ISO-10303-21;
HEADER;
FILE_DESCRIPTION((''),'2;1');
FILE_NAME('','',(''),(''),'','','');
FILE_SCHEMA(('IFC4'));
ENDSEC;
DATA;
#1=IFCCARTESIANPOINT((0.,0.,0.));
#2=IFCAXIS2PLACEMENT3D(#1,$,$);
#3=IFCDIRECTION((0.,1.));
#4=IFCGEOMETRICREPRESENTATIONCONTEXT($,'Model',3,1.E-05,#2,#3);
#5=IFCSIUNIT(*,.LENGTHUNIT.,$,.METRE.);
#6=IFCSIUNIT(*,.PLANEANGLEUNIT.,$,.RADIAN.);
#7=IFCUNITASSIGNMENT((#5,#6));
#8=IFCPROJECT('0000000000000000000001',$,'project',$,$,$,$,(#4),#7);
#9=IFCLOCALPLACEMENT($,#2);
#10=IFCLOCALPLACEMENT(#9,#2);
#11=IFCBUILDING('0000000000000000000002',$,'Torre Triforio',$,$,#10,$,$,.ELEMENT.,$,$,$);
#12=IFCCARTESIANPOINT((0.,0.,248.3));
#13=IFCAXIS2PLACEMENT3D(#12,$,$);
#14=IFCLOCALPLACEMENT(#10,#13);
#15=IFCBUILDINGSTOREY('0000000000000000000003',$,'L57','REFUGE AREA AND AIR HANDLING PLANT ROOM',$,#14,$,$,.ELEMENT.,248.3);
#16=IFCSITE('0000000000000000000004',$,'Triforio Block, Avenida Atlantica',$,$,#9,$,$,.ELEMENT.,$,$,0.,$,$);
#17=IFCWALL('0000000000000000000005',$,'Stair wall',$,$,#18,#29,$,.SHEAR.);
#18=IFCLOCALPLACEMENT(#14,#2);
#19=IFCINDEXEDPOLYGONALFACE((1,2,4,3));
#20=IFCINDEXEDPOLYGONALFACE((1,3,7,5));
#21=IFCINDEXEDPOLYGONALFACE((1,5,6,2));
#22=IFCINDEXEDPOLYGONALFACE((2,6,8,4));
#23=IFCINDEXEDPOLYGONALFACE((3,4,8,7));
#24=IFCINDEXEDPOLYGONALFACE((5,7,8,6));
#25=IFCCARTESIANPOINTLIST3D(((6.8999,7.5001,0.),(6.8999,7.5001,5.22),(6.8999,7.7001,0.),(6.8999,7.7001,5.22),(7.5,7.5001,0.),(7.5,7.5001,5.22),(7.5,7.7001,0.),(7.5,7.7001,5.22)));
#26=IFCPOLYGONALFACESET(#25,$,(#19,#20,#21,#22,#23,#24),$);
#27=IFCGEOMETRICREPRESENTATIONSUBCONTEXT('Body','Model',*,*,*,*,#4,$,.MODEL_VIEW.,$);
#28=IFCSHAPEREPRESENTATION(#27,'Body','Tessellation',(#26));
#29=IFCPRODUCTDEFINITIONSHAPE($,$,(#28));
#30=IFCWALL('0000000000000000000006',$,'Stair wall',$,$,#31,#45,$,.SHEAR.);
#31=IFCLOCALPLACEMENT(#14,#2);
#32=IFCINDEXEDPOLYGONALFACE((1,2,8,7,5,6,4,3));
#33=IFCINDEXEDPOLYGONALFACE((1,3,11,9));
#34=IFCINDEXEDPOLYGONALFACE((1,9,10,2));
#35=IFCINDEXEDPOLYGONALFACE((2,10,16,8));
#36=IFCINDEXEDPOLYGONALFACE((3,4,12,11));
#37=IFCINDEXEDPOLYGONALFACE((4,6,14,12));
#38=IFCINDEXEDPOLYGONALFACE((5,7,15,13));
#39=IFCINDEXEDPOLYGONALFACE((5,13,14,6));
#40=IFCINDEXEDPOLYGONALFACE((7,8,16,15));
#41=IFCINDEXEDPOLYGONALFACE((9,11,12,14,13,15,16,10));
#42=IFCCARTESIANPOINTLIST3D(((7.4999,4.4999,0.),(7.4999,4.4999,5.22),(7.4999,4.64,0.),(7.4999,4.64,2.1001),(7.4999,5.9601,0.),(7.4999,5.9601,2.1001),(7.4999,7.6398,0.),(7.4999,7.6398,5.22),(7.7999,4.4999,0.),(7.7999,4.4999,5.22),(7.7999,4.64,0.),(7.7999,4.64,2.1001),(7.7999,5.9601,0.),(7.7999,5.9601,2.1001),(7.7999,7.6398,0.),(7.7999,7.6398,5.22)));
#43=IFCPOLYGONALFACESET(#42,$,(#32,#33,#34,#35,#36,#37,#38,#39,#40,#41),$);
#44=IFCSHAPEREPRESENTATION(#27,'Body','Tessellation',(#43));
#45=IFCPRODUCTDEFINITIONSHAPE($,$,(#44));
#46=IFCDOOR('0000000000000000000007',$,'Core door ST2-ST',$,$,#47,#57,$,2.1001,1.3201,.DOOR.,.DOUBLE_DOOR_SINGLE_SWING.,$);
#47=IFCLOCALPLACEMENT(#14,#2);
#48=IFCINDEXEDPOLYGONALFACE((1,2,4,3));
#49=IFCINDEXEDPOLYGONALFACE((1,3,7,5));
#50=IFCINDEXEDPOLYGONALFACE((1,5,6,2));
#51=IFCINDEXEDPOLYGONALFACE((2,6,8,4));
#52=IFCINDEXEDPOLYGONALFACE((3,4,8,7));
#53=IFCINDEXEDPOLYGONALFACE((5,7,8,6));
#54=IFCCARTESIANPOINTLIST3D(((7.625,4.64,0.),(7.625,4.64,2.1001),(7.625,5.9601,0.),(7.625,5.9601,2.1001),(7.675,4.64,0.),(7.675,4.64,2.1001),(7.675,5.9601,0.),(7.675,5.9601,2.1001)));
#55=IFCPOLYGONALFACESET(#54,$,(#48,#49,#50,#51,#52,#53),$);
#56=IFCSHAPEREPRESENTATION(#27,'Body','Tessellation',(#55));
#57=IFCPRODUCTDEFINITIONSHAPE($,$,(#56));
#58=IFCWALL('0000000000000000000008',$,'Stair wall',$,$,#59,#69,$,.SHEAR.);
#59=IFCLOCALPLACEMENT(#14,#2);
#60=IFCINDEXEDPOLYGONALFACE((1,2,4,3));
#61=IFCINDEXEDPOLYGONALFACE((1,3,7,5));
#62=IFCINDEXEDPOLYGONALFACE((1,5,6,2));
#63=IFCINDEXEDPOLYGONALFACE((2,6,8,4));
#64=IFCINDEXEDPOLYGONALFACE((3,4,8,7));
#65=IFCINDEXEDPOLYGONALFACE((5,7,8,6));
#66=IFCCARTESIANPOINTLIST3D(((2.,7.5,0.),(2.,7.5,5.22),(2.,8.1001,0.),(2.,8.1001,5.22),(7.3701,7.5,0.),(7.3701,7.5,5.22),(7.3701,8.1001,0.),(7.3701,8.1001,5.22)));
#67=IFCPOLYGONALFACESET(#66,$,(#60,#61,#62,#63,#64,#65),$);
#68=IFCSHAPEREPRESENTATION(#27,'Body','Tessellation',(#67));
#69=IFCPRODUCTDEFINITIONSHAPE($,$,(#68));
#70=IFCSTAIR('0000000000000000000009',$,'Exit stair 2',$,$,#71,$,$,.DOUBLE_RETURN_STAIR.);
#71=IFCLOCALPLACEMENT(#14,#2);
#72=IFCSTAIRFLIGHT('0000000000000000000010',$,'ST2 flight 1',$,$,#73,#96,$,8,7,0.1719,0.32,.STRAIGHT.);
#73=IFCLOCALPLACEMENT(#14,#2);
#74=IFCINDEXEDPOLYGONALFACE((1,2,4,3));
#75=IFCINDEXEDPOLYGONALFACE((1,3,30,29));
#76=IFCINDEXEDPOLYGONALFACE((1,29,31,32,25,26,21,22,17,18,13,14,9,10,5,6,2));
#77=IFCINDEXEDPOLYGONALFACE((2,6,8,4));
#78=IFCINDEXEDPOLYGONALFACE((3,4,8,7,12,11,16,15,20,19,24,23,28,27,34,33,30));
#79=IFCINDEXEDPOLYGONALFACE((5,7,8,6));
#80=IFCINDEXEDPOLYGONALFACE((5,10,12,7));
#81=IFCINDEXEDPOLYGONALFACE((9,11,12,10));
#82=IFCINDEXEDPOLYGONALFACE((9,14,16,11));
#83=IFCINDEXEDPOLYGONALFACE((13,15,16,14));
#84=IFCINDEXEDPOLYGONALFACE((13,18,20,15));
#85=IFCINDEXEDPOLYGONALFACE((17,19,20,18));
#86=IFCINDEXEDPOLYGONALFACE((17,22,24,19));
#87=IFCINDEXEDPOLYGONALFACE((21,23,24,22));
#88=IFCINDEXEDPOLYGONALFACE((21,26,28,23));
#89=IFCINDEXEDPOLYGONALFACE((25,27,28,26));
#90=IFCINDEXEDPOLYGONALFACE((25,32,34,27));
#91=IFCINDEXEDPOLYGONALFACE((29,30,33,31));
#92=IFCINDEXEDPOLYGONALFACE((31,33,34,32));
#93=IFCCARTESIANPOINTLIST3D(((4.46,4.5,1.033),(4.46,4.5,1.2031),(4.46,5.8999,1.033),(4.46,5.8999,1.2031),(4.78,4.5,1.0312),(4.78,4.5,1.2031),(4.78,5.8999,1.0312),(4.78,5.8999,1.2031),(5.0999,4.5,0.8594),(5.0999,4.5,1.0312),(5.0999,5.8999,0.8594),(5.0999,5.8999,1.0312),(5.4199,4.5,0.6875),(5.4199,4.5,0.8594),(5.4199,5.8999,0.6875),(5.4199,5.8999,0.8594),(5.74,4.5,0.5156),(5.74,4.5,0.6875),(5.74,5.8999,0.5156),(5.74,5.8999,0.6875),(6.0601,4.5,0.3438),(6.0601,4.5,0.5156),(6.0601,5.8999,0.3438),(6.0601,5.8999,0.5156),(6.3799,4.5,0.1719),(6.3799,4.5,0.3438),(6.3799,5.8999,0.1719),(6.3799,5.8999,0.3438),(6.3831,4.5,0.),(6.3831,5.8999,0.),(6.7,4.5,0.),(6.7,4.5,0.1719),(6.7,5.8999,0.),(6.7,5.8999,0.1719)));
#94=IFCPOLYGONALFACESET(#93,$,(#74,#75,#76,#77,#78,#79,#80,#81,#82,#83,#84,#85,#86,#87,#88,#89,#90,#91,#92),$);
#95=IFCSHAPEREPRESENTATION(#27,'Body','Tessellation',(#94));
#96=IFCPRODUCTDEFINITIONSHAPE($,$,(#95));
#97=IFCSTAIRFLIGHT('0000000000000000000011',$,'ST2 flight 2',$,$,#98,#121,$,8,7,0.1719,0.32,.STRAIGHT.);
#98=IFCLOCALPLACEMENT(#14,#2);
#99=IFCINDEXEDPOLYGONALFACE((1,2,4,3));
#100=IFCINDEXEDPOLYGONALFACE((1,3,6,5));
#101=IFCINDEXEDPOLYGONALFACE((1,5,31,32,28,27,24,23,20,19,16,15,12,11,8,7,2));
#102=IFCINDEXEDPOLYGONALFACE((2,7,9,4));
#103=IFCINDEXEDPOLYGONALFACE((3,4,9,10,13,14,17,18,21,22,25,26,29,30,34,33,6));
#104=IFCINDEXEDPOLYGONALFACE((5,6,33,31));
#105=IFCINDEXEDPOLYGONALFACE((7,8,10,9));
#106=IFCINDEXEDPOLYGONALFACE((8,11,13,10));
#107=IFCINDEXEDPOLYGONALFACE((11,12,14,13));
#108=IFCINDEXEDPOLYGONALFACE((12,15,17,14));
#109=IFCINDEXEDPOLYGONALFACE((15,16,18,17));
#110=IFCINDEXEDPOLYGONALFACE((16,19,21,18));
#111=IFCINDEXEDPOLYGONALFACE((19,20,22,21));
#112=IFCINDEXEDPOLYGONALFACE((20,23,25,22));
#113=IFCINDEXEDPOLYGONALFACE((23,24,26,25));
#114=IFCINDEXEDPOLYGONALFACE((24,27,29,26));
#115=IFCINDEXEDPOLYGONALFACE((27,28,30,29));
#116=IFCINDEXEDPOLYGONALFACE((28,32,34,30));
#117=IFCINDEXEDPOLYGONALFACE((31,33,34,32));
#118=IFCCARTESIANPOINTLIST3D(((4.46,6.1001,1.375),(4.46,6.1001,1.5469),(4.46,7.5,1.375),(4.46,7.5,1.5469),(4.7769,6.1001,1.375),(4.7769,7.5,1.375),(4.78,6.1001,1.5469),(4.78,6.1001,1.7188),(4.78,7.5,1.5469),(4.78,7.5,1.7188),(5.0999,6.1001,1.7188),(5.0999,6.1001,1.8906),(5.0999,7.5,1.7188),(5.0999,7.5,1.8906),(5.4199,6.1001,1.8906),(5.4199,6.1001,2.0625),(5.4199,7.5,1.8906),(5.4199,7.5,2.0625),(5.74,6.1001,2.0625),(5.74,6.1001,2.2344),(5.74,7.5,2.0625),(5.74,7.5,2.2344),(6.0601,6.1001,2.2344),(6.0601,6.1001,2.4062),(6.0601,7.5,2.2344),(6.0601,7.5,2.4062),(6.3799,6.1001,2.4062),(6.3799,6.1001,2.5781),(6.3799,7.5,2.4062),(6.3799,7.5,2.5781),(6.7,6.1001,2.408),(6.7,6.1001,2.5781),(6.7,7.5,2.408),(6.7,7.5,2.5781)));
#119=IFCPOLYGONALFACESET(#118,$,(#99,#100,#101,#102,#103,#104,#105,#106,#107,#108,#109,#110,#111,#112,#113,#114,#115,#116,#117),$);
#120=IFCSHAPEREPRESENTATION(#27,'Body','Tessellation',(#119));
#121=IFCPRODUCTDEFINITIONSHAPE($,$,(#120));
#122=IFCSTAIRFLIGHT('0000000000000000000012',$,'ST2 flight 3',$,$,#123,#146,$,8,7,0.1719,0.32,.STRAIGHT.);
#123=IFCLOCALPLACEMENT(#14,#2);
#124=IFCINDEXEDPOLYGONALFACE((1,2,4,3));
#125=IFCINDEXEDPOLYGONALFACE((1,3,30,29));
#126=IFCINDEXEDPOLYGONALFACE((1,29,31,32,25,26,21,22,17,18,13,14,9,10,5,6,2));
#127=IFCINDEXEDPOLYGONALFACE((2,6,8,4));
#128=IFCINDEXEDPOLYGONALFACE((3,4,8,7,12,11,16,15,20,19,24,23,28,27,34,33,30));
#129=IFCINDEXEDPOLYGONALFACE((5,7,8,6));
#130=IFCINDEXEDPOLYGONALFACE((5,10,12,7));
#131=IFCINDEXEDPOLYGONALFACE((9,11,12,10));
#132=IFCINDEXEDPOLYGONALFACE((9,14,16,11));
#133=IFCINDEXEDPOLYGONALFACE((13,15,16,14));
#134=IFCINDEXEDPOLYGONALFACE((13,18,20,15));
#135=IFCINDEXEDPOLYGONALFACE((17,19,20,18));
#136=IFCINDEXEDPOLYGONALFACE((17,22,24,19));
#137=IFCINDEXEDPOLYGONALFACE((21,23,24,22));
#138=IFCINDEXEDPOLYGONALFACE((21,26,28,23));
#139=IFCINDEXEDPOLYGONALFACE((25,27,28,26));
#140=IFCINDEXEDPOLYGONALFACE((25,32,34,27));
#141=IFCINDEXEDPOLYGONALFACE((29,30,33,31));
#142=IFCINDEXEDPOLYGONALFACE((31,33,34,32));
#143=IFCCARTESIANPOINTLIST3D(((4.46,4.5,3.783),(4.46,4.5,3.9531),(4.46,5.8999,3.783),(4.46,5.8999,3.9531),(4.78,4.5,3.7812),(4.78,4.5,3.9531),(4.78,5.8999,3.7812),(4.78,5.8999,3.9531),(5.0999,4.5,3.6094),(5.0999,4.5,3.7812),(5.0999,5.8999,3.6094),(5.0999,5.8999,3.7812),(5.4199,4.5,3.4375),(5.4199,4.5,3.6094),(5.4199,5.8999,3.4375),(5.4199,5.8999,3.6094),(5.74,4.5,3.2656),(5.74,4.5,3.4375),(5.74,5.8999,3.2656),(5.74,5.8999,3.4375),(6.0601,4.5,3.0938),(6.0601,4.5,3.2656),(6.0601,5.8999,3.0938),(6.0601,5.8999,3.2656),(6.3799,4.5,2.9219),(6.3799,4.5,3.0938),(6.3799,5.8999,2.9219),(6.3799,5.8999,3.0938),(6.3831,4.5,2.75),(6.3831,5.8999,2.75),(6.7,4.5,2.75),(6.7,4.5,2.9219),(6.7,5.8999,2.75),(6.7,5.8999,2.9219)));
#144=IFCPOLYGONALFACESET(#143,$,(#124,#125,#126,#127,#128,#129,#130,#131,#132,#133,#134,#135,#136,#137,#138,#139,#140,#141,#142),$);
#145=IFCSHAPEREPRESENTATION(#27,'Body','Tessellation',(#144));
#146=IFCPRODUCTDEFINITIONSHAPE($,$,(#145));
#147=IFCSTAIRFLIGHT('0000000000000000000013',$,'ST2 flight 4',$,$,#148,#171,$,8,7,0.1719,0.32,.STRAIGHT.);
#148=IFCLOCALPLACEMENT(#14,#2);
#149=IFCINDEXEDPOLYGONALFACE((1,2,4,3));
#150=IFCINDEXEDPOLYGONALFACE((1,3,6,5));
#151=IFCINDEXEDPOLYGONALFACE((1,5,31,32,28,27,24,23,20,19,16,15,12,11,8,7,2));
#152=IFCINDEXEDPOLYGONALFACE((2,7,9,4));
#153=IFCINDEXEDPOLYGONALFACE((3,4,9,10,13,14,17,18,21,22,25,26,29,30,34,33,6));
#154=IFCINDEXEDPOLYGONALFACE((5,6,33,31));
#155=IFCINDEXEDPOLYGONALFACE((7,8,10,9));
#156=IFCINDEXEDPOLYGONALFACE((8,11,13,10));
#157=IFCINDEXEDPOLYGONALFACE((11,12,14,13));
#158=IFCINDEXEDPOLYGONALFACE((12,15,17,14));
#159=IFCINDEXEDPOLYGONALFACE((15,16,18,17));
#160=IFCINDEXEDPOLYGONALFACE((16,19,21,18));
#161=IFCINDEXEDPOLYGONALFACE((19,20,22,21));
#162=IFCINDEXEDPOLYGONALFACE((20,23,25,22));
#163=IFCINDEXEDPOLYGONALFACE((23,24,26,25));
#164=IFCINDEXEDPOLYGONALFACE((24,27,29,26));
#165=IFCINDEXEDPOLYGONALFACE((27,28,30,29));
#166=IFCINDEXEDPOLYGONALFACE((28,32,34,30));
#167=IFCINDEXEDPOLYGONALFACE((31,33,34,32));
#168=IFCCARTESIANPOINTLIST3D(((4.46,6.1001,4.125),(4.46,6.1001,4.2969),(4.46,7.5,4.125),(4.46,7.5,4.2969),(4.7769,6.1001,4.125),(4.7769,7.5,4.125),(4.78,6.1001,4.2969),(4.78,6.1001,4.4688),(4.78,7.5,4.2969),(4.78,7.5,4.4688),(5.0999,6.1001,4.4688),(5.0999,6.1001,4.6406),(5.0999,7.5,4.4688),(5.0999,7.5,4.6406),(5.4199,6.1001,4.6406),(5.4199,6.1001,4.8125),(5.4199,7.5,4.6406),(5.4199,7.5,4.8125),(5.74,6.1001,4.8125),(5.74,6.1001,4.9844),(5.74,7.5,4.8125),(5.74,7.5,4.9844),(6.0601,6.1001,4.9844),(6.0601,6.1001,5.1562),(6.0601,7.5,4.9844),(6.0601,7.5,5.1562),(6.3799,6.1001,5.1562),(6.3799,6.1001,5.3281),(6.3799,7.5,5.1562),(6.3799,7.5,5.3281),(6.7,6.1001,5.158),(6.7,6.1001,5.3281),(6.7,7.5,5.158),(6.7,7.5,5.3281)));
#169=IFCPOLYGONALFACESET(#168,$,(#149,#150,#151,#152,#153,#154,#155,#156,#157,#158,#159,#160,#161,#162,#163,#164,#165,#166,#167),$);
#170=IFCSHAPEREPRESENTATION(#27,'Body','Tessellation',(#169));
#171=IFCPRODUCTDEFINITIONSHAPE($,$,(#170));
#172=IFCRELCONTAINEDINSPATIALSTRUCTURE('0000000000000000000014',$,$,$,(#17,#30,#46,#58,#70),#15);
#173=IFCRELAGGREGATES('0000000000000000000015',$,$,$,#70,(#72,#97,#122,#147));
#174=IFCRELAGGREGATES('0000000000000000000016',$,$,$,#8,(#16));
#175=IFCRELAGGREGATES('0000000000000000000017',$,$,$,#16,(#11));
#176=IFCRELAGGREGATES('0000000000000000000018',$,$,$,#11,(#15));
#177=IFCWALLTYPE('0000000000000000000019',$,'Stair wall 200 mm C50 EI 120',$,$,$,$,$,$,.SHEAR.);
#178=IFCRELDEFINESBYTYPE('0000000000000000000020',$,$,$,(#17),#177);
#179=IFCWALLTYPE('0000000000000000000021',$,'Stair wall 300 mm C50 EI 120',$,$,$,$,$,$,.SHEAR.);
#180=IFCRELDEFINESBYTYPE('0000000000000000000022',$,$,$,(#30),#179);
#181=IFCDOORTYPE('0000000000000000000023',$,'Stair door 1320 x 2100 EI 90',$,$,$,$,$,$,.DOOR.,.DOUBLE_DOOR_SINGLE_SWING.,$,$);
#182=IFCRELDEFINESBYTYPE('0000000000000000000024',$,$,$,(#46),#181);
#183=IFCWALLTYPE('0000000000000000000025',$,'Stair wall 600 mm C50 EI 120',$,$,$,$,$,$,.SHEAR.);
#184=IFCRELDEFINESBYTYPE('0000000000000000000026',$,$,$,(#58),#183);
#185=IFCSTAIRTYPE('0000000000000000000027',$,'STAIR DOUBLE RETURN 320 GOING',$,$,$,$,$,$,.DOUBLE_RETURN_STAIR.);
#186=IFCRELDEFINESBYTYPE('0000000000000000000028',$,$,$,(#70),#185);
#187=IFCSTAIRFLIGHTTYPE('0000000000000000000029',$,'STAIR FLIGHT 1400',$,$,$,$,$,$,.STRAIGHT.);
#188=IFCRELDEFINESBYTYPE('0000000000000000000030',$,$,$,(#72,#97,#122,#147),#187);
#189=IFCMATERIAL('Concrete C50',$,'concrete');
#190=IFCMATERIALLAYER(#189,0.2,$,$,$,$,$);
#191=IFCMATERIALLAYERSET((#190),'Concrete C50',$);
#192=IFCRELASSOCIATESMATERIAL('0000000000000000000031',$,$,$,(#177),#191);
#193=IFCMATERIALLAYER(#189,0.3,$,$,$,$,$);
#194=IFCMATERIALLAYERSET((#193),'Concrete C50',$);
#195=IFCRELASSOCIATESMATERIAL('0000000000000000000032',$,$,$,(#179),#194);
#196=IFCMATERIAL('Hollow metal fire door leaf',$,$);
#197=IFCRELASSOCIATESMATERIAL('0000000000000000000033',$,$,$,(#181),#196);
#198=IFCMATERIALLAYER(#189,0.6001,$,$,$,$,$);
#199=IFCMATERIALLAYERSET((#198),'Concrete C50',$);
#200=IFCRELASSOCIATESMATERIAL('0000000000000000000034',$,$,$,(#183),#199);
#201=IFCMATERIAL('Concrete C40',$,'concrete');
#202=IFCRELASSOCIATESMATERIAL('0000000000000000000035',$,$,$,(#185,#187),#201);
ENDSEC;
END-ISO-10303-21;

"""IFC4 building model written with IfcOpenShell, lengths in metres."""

from ifc_helpers import new_model, si_unit, direction, frame, frame_2d, origin, place, context, subcontext, project, spatial, polyline, rectangle, outline, extrude, material, layer, layer_set, type_object, element, fill, aggregate, save


model = new_model("IFC4")

# Units and contexts
model_context = context("Model", 3, precision=1e-05, world=origin(), true_north=direction((0.0, 1.0)))
body_context = subcontext(model_context, "Body", "Model", "MODEL_VIEW")
ifc_project = project(units=[si_unit("LENGTHUNIT", "METRE"), si_unit("PLANEANGLEUNIT", "RADIAN")], contexts=[model_context])

# Site, building, storey
site_placement = place(None, origin())
site = spatial("IfcSite", under=ifc_project, at=site_placement, Name="Triforio Block, Avenida Atlantica", CompositionType="ELEMENT", RefElevation=0.0)
building_placement = place(site_placement, origin())
building = spatial("IfcBuilding", under=site, at=building_placement, Name="Torre Triforio", CompositionType="ELEMENT")
storey_placement = place(building_placement, frame((0.0, 0.0, 248.3)))
storey = spatial("IfcBuildingStorey", under=building, at=storey_placement, Name="L57", Description="REFUGE AREA AND AIR HANDLING PLANT ROOM", CompositionType="ELEMENT", Elevation=248.3)

# Shared definitions
ifc_material_1 = material(Name="Concrete C40", Category="concrete")

# Shared definitions
ifc_material_2 = material(Name="Concrete C50", Category="concrete")

# Shared definitions
ifc_material_3 = material(Name="Hollow metal fire door leaf")

# Wall
ifc_layer_1 = layer(ifc_material_2, 0.2)
ifc_layer_set_1 = layer_set([ifc_layer_1], Name="Concrete C50")
wall_type_1 = type_object("IfcWallType", Name="Stair wall 200 mm C50 EI 120", PredefinedType="SHEAR", material=ifc_layer_set_1)
wall_1_placement = place(storey_placement, frame((6.8999, 7.6001, 0.0), z_axis=(0.0, 0.0, 1.0), x_axis=(1.0, 0.0, 0.0)))
element("IfcWall", 1, at=wall_1_placement, inside=storey, type_object=wall_type_1, Name="Stair wall", PredefinedType="SHEAR", context=body_context, shape_type="SweptSolid", body=[
    extrude(rectangle(XDim=0.6001, YDim=0.2, at=frame_2d((0.3, 0.0))), origin(), (0.0, 0.0, 1.0), 5.22),
])

# Wall, opening, door
ifc_layer_2 = layer(ifc_material_2, 0.3)
ifc_layer_set_2 = layer_set([ifc_layer_2], Name="Concrete C50")
wall_type_2 = type_object("IfcWallType", Name="Stair wall 300 mm C50 EI 120", PredefinedType="SHEAR", material=ifc_layer_set_2)
wall_2_placement = place(storey_placement, frame((7.6499, 4.5, 0.0), z_axis=(0.0, 0.0, 1.0), x_axis=(0.0, 1.0, 0.0)))
wall_2 = element("IfcWall", 2, at=wall_2_placement, inside=storey, type_object=wall_type_2, Name="Stair wall", PredefinedType="SHEAR", context=body_context, shape_type="SweptSolid", body=[
    extrude(rectangle(XDim=3.1399, YDim=0.3, at=frame_2d((1.5698, 0.0))), origin(), (0.0, 0.0, 1.0), 5.22),
])
opening_1_placement = place(wall_2_placement, frame((0.1399, 0.0, 0.0)))
opening_1 = element("IfcOpeningElement", 3, at=opening_1_placement, cuts=wall_2, PredefinedType="OPENING", context=body_context, shape_type="SweptSolid", body=[
    extrude(rectangle(XDim=1.3201, YDim=2.1001, at=frame_2d((0.6602, 1.05))), frame((0.0, 0.1599, 0.0), z_axis=(0.0, -1.0, 0.0), x_axis=(1.0, 0.0, 0.0)), (0.0, 0.0, 1.0), 0.3201),
])
door_type_1 = type_object("IfcDoorType", Name="Stair door 1320 x 2100 EI 90", OperationType="DOUBLE_DOOR_SINGLE_SWING", PredefinedType="DOOR", material=ifc_material_3)
door_1_placement = place(opening_1_placement, origin())
door_1 = element("IfcDoor", 4, at=door_1_placement, inside=storey, type_object=door_type_1, Name="Core door ST2-ST", OperationType="DOUBLE_DOOR_SINGLE_SWING", OverallHeight=2.1001, OverallWidth=1.3201, PredefinedType="DOOR", context=body_context, shape_type="SweptSolid", body=[
    extrude(rectangle(XDim=1.3201, YDim=2.1001, at=frame_2d((0.6602, 1.05))), frame((0.0, 0.0249, 0.0), z_axis=(0.0, -1.0, 0.0), x_axis=(1.0, 0.0, 0.0)), (0.0, 0.0, 1.0), 0.05),
])
fill(opening_1, door_1)

# Wall
ifc_layer_3 = layer(ifc_material_2, 0.6001)
ifc_layer_set_3 = layer_set([ifc_layer_3], Name="Concrete C50")
wall_type_3 = type_object("IfcWallType", Name="Stair wall 600 mm C50 EI 120", PredefinedType="SHEAR", material=ifc_layer_set_3)
wall_3_placement = place(storey_placement, frame((2.0, 7.8, 0.0), z_axis=(0.0, 0.0, 1.0), x_axis=(1.0, 0.0, 0.0)))
element("IfcWall", 5, at=wall_3_placement, inside=storey, type_object=wall_type_3, Name="Stair wall", PredefinedType="SHEAR", context=body_context, shape_type="SweptSolid", body=[
    extrude(rectangle(XDim=5.3701, YDim=0.6001, at=frame_2d((2.6851, 0.0))), origin(), (0.0, 0.0, 1.0), 5.22),
])

# Stair, stair flights
stair_type = type_object("IfcStairType", Name="STAIR DOUBLE RETURN 320 GOING", PredefinedType="DOUBLE_RETURN_STAIR", material=ifc_material_1)
stair_placement = place(storey_placement, origin())
stair = element("IfcStair", 6, at=stair_placement, inside=storey, type_object=stair_type, Name="Exit stair 2", PredefinedType="DOUBLE_RETURN_STAIR")
stair_flight_type = type_object("IfcStairFlightType", Name="STAIR FLIGHT 1400", PredefinedType="STRAIGHT", material=ifc_material_1)
stair_flight_1_placement = place(storey_placement, frame((6.7, 5.2, 0.0), z_axis=(0.0, 0.0, 1.0), x_axis=(-1.0, 0.0, 0.0)))
stair_flight_1 = element("IfcStairFlight", 7, at=stair_flight_1_placement, type_object=stair_flight_type, Name="ST2 flight 1", NumberOfRisers=8, NumberOfTreads=7, PredefinedType="STRAIGHT", RiserHeight=0.1719, TreadLength=0.32, context=body_context, shape_type="SweptSolid", body=[
    extrude(outline(polyline([(0.0, 0.0), (0.0, 0.1719), (0.3201, 0.1719), (0.3201, 0.3438), (0.6399, 0.3438), (0.6399, 0.5156), (0.96, 0.5156), (0.96, 0.6875), (1.28, 0.6875), (1.28, 0.8594), (1.6001, 0.8594), (1.6001, 1.0312), (1.9199, 1.0312), (1.9199, 1.2031), (2.24, 1.2031), (2.24, 1.375), (2.24, 1.033), (0.3169, 0.0), (0.0, 0.0)])), frame((0.0, 0.7, 0.0), z_axis=(0.0, -1.0, 0.0), x_axis=(1.0, 0.0, 0.0)), (0.0, 0.0, 1.0), 1.3999),
])
stair_flight_2_placement = place(storey_placement, frame((4.46, 6.8, 1.375), z_axis=(0.0, 0.0, 1.0), x_axis=(1.0, 0.0, 0.0)))
stair_flight_2 = element("IfcStairFlight", 8, at=stair_flight_2_placement, type_object=stair_flight_type, Name="ST2 flight 2", NumberOfRisers=8, NumberOfTreads=7, PredefinedType="STRAIGHT", RiserHeight=0.1719, TreadLength=0.32, context=body_context, shape_type="SweptSolid", body=[
    extrude(outline(polyline([(0.0, 0.0), (0.0, 0.1719), (0.3201, 0.1719), (0.3201, 0.3438), (0.6399, 0.3438), (0.6399, 0.5156), (0.96, 0.5156), (0.96, 0.6875), (1.28, 0.6875), (1.28, 0.8594), (1.6001, 0.8594), (1.6001, 1.0312), (1.9199, 1.0312), (1.9199, 1.2031), (2.24, 1.2031), (2.24, 1.375), (2.24, 1.033), (0.3169, 0.0), (0.0, 0.0)])), frame((0.0, 0.7, 0.0), z_axis=(0.0, -1.0, 0.0), x_axis=(1.0, 0.0, 0.0)), (0.0, 0.0, 1.0), 1.3999),
])
stair_flight_3_placement = place(storey_placement, frame((6.7, 5.2, 2.75), z_axis=(0.0, 0.0, 1.0), x_axis=(-1.0, 0.0, 0.0)))
stair_flight_3 = element("IfcStairFlight", 9, at=stair_flight_3_placement, type_object=stair_flight_type, Name="ST2 flight 3", NumberOfRisers=8, NumberOfTreads=7, PredefinedType="STRAIGHT", RiserHeight=0.1719, TreadLength=0.32, context=body_context, shape_type="SweptSolid", body=[
    extrude(outline(polyline([(0.0, 0.0), (0.0, 0.1719), (0.3201, 0.1719), (0.3201, 0.3438), (0.6399, 0.3438), (0.6399, 0.5156), (0.96, 0.5156), (0.96, 0.6875), (1.28, 0.6875), (1.28, 0.8594), (1.6001, 0.8594), (1.6001, 1.0312), (1.9199, 1.0312), (1.9199, 1.2031), (2.24, 1.2031), (2.24, 1.375), (2.24, 1.033), (0.3169, 0.0), (0.0, 0.0)])), frame((0.0, 0.7, 0.0), z_axis=(0.0, -1.0, 0.0), x_axis=(1.0, 0.0, 0.0)), (0.0, 0.0, 1.0), 1.3999),
])
stair_flight_4_placement = place(storey_placement, frame((4.46, 6.8, 4.125), z_axis=(0.0, 0.0, 1.0), x_axis=(1.0, 0.0, 0.0)))
stair_flight_4 = element("IfcStairFlight", 10, at=stair_flight_4_placement, type_object=stair_flight_type, Name="ST2 flight 4", NumberOfRisers=8, NumberOfTreads=7, PredefinedType="STRAIGHT", RiserHeight=0.1719, TreadLength=0.32, context=body_context, shape_type="SweptSolid", body=[
    extrude(outline(polyline([(0.0, 0.0), (0.0, 0.1719), (0.3201, 0.1719), (0.3201, 0.3438), (0.6399, 0.3438), (0.6399, 0.5156), (0.96, 0.5156), (0.96, 0.6875), (1.28, 0.6875), (1.28, 0.8594), (1.6001, 0.8594), (1.6001, 1.0312), (1.9199, 1.0312), (1.9199, 1.2031), (2.24, 1.2031), (2.24, 1.375), (2.24, 1.033), (0.3169, 0.0), (0.0, 0.0)])), frame((0.0, 0.7, 0.0), z_axis=(0.0, -1.0, 0.0), x_axis=(1.0, 0.0, 0.0)), (0.0, 0.0, 1.0), 1.3999),
])
aggregate(stair, [stair_flight_1, stair_flight_2, stair_flight_3, stair_flight_4])

save(model, "model.ifc")
